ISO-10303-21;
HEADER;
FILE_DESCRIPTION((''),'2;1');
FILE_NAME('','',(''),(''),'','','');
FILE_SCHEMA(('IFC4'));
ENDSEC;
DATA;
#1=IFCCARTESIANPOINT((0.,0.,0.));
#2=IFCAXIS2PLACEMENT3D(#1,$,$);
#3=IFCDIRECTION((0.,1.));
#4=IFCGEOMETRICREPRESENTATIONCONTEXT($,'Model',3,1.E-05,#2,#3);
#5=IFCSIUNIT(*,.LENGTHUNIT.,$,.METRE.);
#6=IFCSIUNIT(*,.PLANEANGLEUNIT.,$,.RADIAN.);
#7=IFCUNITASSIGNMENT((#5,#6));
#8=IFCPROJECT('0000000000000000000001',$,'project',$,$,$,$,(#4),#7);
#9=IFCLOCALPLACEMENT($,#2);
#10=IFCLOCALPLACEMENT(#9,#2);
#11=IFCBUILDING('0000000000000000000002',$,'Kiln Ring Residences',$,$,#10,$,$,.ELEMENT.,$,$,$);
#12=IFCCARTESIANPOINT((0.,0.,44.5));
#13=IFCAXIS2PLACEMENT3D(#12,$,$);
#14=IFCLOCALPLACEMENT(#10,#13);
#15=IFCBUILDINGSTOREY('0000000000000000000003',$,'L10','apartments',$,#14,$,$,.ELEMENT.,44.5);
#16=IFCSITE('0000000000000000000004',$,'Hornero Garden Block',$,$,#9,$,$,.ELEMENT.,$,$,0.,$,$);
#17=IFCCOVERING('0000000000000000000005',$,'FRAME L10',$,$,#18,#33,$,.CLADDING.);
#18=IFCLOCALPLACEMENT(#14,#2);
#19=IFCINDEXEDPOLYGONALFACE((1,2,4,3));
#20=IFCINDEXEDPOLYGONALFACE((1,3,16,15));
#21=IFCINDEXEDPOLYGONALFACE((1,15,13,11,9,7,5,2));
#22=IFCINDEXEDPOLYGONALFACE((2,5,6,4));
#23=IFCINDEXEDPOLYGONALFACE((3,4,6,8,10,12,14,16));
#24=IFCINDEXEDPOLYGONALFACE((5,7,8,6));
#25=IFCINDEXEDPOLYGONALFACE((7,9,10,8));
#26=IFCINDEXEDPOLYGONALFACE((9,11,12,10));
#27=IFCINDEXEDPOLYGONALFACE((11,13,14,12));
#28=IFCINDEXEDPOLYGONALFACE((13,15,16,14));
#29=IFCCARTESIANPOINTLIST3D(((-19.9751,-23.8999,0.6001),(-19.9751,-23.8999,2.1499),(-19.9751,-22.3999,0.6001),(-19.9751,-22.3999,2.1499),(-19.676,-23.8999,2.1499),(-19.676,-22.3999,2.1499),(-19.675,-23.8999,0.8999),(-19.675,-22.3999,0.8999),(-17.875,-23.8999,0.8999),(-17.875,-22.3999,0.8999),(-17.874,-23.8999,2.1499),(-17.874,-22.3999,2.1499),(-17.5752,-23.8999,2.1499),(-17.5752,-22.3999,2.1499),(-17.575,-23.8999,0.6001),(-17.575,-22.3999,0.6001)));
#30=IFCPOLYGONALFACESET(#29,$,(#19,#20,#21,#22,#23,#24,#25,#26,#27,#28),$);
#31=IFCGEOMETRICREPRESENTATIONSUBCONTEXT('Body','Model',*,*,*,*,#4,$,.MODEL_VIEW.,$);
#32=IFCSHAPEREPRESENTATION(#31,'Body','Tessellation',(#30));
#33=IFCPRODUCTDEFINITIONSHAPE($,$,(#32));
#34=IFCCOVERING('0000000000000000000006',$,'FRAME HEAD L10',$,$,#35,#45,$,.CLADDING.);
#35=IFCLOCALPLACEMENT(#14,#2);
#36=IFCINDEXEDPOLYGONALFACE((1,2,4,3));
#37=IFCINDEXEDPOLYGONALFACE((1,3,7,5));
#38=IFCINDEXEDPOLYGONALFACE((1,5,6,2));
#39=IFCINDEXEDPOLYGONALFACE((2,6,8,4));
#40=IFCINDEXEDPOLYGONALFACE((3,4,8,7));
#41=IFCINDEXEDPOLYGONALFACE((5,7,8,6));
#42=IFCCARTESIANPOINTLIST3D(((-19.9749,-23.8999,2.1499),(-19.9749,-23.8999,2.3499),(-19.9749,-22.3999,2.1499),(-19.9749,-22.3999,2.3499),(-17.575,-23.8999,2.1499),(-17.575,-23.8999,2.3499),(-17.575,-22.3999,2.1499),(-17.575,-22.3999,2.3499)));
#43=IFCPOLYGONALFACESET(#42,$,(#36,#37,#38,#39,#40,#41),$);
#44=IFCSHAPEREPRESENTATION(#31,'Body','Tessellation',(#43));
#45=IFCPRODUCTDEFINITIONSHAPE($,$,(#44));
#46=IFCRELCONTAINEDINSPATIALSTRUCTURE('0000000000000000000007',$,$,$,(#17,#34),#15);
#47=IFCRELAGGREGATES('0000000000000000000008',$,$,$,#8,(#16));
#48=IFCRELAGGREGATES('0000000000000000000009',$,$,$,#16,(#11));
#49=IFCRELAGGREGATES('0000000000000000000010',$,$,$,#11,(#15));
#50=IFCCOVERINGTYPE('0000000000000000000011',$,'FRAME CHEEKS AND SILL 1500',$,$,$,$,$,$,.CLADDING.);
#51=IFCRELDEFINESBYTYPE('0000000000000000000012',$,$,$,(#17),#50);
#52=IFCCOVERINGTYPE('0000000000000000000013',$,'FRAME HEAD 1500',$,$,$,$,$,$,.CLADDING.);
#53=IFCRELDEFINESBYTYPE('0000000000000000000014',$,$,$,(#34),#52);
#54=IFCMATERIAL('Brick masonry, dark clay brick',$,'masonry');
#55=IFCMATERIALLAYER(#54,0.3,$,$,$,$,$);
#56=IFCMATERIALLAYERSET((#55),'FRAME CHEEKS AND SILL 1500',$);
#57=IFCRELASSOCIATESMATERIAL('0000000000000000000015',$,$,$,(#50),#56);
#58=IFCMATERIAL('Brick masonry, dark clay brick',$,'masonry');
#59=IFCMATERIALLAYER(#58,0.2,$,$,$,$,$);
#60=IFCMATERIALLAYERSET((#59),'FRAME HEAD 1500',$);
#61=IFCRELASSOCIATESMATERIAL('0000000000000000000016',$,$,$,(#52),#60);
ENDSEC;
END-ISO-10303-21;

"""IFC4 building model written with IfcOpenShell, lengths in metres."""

from ifc_helpers import new_model, si_unit, direction, frame, origin, origin_2d, place, context, subcontext, project, spatial, polyline, rectangle, outline, extrude, material, layer, layer_set, type_object, element, save


model = new_model("IFC4")

# Units and contexts
model_context = context("Model", 3, precision=1e-05, world=origin(), true_north=direction((0.0, 1.0)))
body_context = subcontext(model_context, "Body", "Model", "MODEL_VIEW")
ifc_project = project(units=[si_unit("LENGTHUNIT", "METRE"), si_unit("PLANEANGLEUNIT", "RADIAN")], contexts=[model_context])

# Site, building, storey
site_placement = place(None, origin())
site = spatial("IfcSite", under=ifc_project, at=site_placement, Name="Hornero Garden Block", CompositionType="ELEMENT", RefElevation=0.0)
building_placement = place(site_placement, origin())
building = spatial("IfcBuilding", under=site, at=building_placement, Name="Kiln Ring Residences", CompositionType="ELEMENT")
storey_placement = place(building_placement, frame((0.0, 0.0, 44.5)))
storey = spatial("IfcBuildingStorey", under=building, at=storey_placement, Name="L10", Description="apartments", CompositionType="ELEMENT", Elevation=44.5)

# Coverings
ifc_material_1 = material(Name="Brick masonry, dark clay brick", Category="masonry")
ifc_layer_1 = layer(ifc_material_1, 0.3)
ifc_layer_set_1 = layer_set([ifc_layer_1], Name="FRAME CHEEKS AND SILL 1500")
covering_type_1 = type_object("IfcCoveringType", Name="FRAME CHEEKS AND SILL 1500", PredefinedType="CLADDING", material=ifc_layer_set_1)
covering_1_placement = place(storey_placement, frame((-19.9751, -23.1499, 0.6001), z_axis=(0.0, 0.0, 1.0), x_axis=(1.0, 0.0, 0.0)))
element("IfcCovering", 1, at=covering_1_placement, inside=storey, type_object=covering_type_1, Name="FRAME L10", PredefinedType="CLADDING", context=body_context, shape_type="SweptSolid", body=[
    extrude(outline(polyline([(0.0, 0.0), (2.4001, 0.0), (2.3999, 1.5498), (2.1011, 1.5498), (2.1001, 0.2998), (0.3, 0.2998), (0.2991, 1.5498), (0.0, 1.5498), (0.0, 0.0)])), frame((0.0, 0.75, 0.0), z_axis=(0.0, -1.0, 0.0), x_axis=(1.0, 0.0, 0.0)), (0.0, 0.0, 1.0), 1.5),
])
ifc_material_2 = material(Name="Brick masonry, dark clay brick", Category="masonry")
ifc_layer_2 = layer(ifc_material_2, 0.2)
ifc_layer_set_2 = layer_set([ifc_layer_2], Name="FRAME HEAD 1500")
covering_type_2 = type_object("IfcCoveringType", Name="FRAME HEAD 1500", PredefinedType="CLADDING", material=ifc_layer_set_2)
covering_2_placement = place(storey_placement, frame((-18.7749, -23.1499, 2.1499), z_axis=(0.0, 0.0, 1.0), x_axis=(1.0, 0.0, 0.0)))
element("IfcCovering", 2, at=covering_2_placement, inside=storey, type_object=covering_type_2, Name="FRAME HEAD L10", PredefinedType="CLADDING", context=body_context, shape_type="SweptSolid", body=[
    extrude(rectangle(XDim=2.3999, YDim=1.5, at=origin_2d()), origin(), (0.0, 0.0, 1.0), 0.2),
])

save(model, "model.ifc")
